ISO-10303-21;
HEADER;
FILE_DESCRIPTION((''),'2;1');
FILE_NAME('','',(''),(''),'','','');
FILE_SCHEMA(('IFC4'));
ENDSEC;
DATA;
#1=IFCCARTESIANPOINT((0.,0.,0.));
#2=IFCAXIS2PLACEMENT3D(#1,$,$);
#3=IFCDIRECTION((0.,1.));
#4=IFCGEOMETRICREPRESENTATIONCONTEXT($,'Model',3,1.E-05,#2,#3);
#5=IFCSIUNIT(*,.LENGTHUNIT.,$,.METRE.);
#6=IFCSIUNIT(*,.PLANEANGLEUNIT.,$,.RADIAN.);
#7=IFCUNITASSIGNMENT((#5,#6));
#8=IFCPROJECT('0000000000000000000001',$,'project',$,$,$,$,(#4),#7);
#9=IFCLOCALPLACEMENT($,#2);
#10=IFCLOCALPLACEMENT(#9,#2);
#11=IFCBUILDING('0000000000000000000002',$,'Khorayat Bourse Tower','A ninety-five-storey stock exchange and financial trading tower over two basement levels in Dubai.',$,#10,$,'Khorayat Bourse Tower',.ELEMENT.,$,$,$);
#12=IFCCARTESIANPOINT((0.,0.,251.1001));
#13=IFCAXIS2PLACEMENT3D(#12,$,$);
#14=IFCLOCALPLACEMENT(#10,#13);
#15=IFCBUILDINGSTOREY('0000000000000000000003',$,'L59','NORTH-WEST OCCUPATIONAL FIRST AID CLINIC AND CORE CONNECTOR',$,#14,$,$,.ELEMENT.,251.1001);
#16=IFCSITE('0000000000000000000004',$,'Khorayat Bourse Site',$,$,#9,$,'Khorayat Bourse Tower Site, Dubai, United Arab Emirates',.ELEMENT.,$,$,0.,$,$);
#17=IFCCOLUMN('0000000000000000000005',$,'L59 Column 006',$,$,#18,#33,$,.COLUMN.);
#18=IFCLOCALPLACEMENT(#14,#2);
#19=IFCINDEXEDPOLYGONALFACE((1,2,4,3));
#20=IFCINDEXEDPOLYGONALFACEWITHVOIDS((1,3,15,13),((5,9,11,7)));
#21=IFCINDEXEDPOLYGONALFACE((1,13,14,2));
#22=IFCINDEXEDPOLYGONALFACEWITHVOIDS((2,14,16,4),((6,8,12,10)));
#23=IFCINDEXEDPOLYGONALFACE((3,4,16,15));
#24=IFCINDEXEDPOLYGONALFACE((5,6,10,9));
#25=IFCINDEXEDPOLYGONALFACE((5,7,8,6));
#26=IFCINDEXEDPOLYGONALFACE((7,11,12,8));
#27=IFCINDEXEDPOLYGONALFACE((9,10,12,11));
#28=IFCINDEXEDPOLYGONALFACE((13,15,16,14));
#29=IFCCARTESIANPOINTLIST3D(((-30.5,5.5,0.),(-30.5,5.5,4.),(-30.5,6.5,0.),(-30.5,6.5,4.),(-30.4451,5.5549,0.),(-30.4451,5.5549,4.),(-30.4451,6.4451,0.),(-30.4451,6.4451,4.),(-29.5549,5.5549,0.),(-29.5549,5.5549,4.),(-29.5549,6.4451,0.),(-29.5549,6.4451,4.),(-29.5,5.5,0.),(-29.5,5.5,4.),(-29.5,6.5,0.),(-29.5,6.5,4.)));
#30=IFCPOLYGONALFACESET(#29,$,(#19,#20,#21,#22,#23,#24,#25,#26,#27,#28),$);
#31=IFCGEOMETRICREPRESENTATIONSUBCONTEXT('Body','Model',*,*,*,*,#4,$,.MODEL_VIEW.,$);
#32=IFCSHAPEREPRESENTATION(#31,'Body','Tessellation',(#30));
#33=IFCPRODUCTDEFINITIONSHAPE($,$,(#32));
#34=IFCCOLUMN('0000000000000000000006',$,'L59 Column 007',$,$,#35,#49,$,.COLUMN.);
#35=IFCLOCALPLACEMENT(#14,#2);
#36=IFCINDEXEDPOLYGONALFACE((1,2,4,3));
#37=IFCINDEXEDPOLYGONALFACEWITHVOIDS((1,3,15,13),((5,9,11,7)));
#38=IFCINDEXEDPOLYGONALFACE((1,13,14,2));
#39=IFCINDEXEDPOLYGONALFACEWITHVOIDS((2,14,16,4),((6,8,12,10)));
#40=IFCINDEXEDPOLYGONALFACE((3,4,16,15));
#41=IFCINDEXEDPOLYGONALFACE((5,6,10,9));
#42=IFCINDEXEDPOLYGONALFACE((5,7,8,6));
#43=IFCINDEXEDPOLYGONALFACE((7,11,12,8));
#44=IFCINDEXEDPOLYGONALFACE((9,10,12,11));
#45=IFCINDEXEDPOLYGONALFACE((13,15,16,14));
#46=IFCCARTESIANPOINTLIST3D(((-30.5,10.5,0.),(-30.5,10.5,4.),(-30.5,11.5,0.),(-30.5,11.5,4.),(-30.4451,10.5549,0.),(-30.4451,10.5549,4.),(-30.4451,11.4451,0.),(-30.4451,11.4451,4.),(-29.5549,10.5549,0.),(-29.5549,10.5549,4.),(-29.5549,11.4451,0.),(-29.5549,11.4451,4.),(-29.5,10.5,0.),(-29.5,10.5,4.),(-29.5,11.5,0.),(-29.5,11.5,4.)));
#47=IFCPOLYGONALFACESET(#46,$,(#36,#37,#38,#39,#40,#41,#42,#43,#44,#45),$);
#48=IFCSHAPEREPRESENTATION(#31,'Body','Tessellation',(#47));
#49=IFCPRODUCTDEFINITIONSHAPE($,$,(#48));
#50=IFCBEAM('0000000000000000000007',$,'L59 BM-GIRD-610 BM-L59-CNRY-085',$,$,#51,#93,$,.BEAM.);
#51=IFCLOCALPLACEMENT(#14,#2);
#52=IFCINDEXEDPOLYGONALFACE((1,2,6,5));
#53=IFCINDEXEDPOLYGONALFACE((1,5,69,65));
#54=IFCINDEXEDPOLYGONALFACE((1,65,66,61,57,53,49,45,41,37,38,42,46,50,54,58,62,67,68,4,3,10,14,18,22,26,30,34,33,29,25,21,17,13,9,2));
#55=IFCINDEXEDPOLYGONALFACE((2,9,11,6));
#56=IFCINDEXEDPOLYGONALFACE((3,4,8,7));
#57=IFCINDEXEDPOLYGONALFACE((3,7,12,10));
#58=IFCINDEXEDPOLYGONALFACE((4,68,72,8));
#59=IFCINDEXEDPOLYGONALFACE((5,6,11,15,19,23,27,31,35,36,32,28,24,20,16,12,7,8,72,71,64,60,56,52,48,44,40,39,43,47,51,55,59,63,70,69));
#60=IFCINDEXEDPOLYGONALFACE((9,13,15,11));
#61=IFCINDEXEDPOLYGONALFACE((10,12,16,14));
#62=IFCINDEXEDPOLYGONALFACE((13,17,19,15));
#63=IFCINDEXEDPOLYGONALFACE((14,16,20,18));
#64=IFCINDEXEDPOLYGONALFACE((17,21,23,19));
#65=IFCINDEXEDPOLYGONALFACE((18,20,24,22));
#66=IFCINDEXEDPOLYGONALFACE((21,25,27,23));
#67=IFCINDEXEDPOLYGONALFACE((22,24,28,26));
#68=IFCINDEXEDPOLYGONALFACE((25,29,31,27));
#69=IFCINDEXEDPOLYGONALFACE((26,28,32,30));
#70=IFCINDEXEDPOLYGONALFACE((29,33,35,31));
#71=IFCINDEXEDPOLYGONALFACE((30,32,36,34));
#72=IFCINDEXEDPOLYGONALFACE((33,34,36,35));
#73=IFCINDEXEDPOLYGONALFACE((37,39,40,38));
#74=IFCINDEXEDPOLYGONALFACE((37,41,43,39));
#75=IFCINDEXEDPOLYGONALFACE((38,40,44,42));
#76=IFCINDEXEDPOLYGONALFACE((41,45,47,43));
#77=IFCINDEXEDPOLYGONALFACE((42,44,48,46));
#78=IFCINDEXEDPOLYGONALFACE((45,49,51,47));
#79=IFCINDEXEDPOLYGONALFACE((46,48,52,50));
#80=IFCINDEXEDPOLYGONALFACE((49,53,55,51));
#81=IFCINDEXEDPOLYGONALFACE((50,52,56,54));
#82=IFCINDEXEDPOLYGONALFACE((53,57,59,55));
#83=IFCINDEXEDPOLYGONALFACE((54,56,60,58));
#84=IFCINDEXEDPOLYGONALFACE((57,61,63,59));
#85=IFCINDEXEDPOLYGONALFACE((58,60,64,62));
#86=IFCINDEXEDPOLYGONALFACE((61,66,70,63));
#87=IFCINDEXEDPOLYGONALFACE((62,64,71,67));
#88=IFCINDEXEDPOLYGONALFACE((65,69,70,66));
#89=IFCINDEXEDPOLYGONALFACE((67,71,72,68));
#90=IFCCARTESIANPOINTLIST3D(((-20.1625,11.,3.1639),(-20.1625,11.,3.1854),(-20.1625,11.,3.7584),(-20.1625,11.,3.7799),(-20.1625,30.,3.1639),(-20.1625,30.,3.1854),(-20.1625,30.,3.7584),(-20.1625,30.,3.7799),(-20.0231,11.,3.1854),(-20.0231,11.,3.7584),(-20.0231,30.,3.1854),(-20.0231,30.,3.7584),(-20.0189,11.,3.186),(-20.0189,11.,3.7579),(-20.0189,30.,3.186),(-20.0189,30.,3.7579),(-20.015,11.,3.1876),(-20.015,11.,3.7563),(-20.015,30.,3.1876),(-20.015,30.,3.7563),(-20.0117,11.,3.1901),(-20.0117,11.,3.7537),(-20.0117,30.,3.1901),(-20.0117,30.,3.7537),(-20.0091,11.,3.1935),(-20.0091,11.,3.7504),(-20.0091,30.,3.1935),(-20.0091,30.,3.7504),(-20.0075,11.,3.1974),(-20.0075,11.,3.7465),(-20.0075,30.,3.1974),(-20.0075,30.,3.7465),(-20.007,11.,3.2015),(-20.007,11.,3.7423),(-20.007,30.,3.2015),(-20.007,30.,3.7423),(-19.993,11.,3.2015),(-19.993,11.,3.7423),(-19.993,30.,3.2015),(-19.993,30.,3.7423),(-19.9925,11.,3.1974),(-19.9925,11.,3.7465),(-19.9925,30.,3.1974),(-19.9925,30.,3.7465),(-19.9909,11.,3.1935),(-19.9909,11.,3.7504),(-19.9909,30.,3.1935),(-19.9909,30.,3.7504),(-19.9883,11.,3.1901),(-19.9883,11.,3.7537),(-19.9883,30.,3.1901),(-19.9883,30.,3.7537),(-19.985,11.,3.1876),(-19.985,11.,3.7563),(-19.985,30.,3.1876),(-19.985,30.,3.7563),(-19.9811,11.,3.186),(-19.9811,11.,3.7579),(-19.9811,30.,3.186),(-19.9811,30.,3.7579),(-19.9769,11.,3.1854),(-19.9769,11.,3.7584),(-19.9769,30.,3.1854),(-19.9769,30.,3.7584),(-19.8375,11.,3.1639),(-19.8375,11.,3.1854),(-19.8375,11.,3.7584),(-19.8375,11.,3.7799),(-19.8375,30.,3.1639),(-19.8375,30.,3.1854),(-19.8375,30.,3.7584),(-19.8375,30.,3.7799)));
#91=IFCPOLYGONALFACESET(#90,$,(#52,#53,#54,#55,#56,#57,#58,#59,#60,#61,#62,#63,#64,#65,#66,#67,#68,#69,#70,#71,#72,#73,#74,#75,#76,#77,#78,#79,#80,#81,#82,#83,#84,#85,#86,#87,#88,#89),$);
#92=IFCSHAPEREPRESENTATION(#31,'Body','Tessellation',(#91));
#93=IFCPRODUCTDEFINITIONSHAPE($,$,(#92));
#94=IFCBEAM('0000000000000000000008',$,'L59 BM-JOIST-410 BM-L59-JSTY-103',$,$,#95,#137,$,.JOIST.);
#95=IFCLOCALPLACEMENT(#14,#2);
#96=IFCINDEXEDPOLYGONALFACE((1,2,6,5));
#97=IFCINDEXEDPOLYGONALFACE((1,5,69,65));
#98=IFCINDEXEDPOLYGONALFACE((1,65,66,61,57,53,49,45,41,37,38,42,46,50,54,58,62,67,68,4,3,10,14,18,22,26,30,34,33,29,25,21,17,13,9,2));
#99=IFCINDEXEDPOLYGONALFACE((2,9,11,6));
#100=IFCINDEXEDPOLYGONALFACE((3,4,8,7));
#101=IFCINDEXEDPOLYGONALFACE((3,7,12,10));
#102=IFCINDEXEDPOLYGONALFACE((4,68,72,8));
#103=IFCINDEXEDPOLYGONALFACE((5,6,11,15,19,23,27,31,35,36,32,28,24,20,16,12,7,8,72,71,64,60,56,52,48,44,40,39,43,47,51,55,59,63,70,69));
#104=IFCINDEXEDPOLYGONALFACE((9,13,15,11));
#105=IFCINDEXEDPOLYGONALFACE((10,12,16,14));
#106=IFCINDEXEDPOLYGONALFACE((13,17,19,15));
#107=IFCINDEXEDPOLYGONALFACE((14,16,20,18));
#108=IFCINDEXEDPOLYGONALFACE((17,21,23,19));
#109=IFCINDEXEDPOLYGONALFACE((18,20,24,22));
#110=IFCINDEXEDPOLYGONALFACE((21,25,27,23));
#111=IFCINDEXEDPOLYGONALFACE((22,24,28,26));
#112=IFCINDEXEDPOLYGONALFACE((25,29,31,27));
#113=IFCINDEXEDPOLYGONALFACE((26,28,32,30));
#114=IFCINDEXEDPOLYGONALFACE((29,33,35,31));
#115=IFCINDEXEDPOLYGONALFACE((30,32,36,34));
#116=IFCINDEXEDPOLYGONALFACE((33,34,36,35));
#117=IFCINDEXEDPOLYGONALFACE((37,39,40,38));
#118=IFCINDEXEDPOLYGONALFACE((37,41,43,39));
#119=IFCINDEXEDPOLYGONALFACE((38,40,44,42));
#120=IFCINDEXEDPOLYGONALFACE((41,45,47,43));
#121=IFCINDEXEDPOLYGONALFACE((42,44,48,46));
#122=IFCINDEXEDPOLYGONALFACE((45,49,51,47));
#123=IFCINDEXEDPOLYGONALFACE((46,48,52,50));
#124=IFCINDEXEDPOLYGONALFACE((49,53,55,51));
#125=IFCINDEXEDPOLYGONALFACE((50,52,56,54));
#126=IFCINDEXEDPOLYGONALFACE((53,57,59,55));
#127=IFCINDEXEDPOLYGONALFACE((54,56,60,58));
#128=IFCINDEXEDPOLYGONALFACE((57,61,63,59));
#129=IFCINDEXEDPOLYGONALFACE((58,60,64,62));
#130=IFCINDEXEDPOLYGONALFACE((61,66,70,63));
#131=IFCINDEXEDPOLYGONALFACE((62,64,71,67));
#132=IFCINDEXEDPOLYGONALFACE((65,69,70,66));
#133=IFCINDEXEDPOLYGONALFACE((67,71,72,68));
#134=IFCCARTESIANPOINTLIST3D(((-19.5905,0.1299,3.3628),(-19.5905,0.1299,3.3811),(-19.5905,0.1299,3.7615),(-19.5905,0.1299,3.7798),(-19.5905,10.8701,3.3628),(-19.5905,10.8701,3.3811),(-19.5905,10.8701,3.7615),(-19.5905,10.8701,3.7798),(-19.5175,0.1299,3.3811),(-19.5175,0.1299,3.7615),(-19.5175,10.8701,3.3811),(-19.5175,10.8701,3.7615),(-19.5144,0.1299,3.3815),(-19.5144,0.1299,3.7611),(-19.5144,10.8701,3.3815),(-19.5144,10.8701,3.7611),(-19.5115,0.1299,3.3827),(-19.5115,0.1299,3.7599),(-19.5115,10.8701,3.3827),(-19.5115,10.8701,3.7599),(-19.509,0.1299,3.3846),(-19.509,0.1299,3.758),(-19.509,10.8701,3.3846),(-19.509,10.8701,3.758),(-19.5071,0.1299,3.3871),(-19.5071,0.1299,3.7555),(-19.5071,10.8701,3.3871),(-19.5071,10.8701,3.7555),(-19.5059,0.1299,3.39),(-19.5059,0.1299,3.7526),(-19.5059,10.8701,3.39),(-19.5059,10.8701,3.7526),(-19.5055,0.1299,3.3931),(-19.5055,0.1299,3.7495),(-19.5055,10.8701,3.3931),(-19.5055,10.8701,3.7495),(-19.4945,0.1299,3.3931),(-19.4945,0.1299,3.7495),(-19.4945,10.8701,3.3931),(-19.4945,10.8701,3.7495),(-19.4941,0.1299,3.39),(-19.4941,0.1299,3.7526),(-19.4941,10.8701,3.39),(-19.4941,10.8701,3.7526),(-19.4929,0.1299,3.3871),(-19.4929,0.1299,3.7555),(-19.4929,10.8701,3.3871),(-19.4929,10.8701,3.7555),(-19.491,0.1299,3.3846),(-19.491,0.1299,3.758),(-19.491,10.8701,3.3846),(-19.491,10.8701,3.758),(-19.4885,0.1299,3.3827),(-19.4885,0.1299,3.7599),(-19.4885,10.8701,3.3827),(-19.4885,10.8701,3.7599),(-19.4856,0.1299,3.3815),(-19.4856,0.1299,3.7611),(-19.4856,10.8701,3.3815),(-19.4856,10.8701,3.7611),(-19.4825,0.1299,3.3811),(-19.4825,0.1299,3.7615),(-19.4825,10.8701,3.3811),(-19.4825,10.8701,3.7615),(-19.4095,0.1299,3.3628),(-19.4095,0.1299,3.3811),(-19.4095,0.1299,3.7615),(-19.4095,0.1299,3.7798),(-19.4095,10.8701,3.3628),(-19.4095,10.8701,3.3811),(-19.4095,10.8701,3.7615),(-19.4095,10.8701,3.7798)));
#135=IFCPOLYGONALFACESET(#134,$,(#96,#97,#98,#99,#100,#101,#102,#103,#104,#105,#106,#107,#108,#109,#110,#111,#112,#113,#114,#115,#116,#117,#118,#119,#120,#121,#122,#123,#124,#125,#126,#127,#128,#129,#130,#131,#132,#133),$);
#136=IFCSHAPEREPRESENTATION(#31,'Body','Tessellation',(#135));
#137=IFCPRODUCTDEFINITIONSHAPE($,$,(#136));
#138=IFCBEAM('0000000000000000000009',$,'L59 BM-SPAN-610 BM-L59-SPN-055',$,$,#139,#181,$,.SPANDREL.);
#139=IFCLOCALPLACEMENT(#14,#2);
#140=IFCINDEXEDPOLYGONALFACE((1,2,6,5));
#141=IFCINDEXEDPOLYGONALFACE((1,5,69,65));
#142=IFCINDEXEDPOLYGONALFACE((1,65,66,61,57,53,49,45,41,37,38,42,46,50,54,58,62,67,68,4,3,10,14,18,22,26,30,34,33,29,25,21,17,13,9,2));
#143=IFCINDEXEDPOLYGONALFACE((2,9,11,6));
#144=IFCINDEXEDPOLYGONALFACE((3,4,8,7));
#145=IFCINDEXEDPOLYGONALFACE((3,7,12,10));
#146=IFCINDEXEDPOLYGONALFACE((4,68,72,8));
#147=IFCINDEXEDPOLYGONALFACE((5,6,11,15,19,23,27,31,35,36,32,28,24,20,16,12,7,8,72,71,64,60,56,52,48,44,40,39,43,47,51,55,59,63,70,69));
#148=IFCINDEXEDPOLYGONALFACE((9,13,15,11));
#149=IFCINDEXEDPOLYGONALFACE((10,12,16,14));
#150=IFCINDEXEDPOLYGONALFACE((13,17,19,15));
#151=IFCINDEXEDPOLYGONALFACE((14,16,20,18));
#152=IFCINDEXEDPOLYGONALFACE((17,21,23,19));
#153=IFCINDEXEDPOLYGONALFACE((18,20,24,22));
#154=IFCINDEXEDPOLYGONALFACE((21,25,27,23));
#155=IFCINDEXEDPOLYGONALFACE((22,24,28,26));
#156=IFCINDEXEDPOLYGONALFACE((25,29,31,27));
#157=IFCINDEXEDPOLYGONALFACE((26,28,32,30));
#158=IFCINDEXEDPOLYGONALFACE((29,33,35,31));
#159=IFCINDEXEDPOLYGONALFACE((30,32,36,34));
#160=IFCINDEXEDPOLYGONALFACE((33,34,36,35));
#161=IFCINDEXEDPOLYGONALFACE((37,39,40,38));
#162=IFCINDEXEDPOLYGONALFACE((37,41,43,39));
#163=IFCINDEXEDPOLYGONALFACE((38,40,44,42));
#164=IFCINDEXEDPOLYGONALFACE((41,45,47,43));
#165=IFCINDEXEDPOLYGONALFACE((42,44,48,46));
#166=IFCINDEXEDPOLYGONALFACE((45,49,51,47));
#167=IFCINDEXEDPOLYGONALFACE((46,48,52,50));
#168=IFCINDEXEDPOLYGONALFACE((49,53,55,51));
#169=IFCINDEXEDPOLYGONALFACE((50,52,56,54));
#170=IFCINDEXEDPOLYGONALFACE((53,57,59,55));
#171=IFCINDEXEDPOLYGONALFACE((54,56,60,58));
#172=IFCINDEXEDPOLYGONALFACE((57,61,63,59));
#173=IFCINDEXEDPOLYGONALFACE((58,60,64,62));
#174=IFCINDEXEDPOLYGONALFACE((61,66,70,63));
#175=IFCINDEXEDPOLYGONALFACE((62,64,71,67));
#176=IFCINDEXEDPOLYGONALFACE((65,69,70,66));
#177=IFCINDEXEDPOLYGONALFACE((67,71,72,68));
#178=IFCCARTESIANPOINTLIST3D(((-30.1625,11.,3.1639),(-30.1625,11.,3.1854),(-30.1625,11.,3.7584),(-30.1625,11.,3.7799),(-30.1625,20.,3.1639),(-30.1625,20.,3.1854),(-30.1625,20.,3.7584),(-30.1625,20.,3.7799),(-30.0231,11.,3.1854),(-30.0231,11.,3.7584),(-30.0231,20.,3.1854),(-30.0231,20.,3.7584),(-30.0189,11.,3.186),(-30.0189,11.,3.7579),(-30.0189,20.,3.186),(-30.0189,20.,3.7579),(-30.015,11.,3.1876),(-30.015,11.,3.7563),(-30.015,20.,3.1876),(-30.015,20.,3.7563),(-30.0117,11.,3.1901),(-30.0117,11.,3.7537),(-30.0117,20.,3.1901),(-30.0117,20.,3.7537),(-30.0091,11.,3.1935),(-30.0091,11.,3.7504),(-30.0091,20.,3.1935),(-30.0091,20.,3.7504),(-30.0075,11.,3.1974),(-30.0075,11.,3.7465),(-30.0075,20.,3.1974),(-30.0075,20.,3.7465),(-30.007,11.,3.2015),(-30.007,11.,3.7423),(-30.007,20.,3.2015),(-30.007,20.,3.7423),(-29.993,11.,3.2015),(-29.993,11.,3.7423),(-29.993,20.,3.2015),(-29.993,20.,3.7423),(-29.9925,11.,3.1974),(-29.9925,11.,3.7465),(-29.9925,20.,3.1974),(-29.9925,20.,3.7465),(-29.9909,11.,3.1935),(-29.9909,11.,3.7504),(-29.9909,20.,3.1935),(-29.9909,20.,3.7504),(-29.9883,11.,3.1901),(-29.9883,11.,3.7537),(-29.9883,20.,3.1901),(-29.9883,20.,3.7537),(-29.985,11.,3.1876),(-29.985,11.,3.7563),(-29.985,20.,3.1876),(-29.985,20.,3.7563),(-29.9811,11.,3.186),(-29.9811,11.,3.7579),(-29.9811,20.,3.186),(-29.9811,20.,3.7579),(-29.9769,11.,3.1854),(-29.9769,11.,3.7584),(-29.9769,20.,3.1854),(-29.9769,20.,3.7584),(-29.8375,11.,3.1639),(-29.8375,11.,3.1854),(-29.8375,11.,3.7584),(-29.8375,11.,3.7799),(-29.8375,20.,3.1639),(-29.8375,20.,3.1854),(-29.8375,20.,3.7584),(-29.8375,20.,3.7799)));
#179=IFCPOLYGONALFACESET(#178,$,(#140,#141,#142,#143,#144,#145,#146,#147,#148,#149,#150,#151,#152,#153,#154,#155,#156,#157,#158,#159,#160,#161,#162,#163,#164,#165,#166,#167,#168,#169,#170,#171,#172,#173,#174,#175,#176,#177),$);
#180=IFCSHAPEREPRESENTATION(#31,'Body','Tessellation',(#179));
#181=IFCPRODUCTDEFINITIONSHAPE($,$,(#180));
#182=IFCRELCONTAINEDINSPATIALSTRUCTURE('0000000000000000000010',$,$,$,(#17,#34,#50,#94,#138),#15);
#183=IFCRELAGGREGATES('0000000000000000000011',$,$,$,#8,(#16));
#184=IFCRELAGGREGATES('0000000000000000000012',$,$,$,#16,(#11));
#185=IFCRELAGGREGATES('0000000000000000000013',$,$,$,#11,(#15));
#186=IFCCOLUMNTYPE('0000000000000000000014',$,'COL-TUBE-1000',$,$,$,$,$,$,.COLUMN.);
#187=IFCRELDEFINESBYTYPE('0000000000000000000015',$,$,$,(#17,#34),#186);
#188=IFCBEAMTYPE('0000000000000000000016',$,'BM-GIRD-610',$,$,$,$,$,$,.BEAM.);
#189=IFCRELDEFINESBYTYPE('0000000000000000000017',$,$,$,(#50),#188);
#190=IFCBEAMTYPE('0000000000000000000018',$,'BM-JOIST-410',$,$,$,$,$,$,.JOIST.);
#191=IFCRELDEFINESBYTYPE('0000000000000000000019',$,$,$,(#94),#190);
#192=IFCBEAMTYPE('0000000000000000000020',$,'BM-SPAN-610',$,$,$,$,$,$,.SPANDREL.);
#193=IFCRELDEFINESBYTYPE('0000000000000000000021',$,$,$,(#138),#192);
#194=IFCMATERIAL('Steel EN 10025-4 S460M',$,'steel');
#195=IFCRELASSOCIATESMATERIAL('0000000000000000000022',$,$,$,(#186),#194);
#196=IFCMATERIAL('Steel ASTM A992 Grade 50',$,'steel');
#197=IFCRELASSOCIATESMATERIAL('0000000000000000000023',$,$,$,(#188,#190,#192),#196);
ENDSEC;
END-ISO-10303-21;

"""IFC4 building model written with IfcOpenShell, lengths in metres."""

from ifc_helpers import new_model, si_unit, direction, frame, origin, origin_2d, place, context, subcontext, project, spatial, hollow_rectangle, i_section, extrude, source, transform, mapped, material, material_profile, profile_set, type_object, element, save


model = new_model("IFC4")

# Units and contexts
model_context = context("Model", 3, precision=1e-05, world=origin(), true_north=direction((0.0, 1.0)))
body_context = subcontext(model_context, "Body", "Model", "MODEL_VIEW")
ifc_project = project(units=[si_unit("LENGTHUNIT", "METRE"), si_unit("PLANEANGLEUNIT", "RADIAN")], contexts=[model_context])

# Site, building, storey
site_placement = place(None, origin())
site = spatial("IfcSite", under=ifc_project, at=site_placement, Name="Khorayat Bourse Site", LongName="Khorayat Bourse Tower Site, Dubai, United Arab Emirates", CompositionType="ELEMENT", RefElevation=0.0)
building_placement = place(site_placement, origin())
building = spatial("IfcBuilding", under=site, at=building_placement, Name="Khorayat Bourse Tower", Description="A ninety-five-storey stock exchange and financial trading tower over two basement levels in Dubai.", LongName="Khorayat Bourse Tower", CompositionType="ELEMENT")
storey_placement = place(building_placement, frame((0.0, 0.0, 251.1001)))
storey = spatial("IfcBuildingStorey", under=building, at=storey_placement, Name="L59", Description="NORTH-WEST OCCUPATIONAL FIRST AID CLINIC AND CORE CONNECTOR", CompositionType="ELEMENT", Elevation=251.1001)

# Columns
ifc_material_1 = material(Name="Steel EN 10025-4 S460M", Category="steel")
ifc_material_profile_1 = material_profile(ifc_material_1, hollow_rectangle(XDim=1.0, YDim=1.0, WallThickness=0.0549, at=origin_2d()), Name="BOX 1000x1000x55")
ifc_profile_set_1 = profile_set([ifc_material_profile_1], Name="Steel EN 10025-4 S460M")
column_type = type_object("IfcColumnType", Name="COL-TUBE-1000", PredefinedType="COLUMN", material=ifc_profile_set_1)
shared_shape_1 = source(origin(), body_context, "Body", "SweptSolid", [
    extrude(hollow_rectangle(XDim=1.0, YDim=1.0, WallThickness=0.0549, at=origin_2d()), origin(), (0.0, 0.0, 1.0), 4.0),
])
for number, where, z_axis, x_axis, name in (
    (1, (-30.0, 6.0, 0.0), (0.0, 0.0, 1.0), (1.0, 0.0, 0.0), "L59 Column 006"),
    (2, (-30.0, 11.0, 0.0), (0.0, 0.0, 1.0), (1.0, 0.0, 0.0), "L59 Column 007"),
):
    element("IfcColumn", number, at=place(storey_placement, frame(where, z_axis=z_axis, x_axis=x_axis)), inside=storey, type_object=column_type, Name=name, PredefinedType="COLUMN", context=body_context, shape_type="MappedRepresentation", body=[
        mapped(shared_shape_1, transform((0.0, 0.0, 0.0), scale=1.0)),
    ])

# Beams
ifc_material_2 = material(Name="Steel ASTM A992 Grade 50", Category="steel")
ifc_material_profile_2 = material_profile(ifc_material_2, i_section(OverallWidth=0.325, OverallDepth=0.616, WebThickness=0.0139, FlangeThickness=0.0215, FilletRadius=0.0161, at=origin_2d()), Name="W610X174")
ifc_profile_set_2 = profile_set([ifc_material_profile_2], Name="Steel ASTM A992 Grade 50")
beam_type_1 = type_object("IfcBeamType", Name="BM-GIRD-610", PredefinedType="BEAM", material=ifc_profile_set_2)
shared_shape_2 = source(origin(), body_context, "Body", "SweptSolid", [
    extrude(i_section(OverallWidth=0.325, OverallDepth=0.616, WebThickness=0.0139, FlangeThickness=0.0215, FilletRadius=0.0161, at=origin_2d()), origin(), (0.0, 0.0, 1.0), 19.0),
])
beam_1_placement = place(storey_placement, frame((-20.0, 11.0, 3.4719), z_axis=(0.0, 1.0, 0.0), x_axis=(-1.0, 0.0, 0.0)))
element("IfcBeam", 3, at=beam_1_placement, inside=storey, type_object=beam_type_1, Name="L59 BM-GIRD-610 BM-L59-CNRY-085", PredefinedType="BEAM", context=body_context, shape_type="MappedRepresentation", body=[
    mapped(shared_shape_2, transform((0.0, 0.0, 0.0), scale=1.0)),
])
ifc_material_profile_3 = material_profile(ifc_material_2, i_section(OverallWidth=0.1809, OverallDepth=0.417, WebThickness=0.011, FlangeThickness=0.0183, FilletRadius=0.012, at=origin_2d()), Name="W410X85")
ifc_profile_set_3 = profile_set([ifc_material_profile_3], Name="Steel ASTM A992 Grade 50")
beam_type_2 = type_object("IfcBeamType", Name="BM-JOIST-410", PredefinedType="JOIST", material=ifc_profile_set_3)
shared_shape_3 = source(origin(), body_context, "Body", "SweptSolid", [
    extrude(i_section(OverallWidth=0.1809, OverallDepth=0.417, WebThickness=0.011, FlangeThickness=0.0183, FilletRadius=0.012, at=origin_2d()), origin(), (0.0, 0.0, 1.0), 10.7402),
])
beam_2_placement = place(storey_placement, frame((-19.5, 0.1299, 3.5713), z_axis=(0.0, 1.0, 0.0), x_axis=(-1.0, 0.0, 0.0)))
element("IfcBeam", 4, at=beam_2_placement, inside=storey, type_object=beam_type_2, Name="L59 BM-JOIST-410 BM-L59-JSTY-103", PredefinedType="JOIST", context=body_context, shape_type="MappedRepresentation", body=[
    mapped(shared_shape_3, transform((0.0, 0.0, 0.0), scale=1.0)),
])
ifc_material_profile_4 = material_profile(ifc_material_2, i_section(OverallWidth=0.325, OverallDepth=0.616, WebThickness=0.0139, FlangeThickness=0.0215, FilletRadius=0.0161, at=origin_2d()), Name="W610X174")
ifc_profile_set_4 = profile_set([ifc_material_profile_4], Name="Steel ASTM A992 Grade 50")
beam_type_3 = type_object("IfcBeamType", Name="BM-SPAN-610", PredefinedType="SPANDREL", material=ifc_profile_set_4)
shared_shape_4 = source(origin(), body_context, "Body", "SweptSolid", [
    extrude(i_section(OverallWidth=0.325, OverallDepth=0.616, WebThickness=0.0139, FlangeThickness=0.0215, FilletRadius=0.0161, at=origin_2d()), origin(), (0.0, 0.0, 1.0), 9.0),
])
beam_3_placement = place(storey_placement, frame((-30.0, 11.0, 3.4719), z_axis=(0.0, 1.0, 0.0), x_axis=(-1.0, 0.0, 0.0)))
element("IfcBeam", 5, at=beam_3_placement, inside=storey, type_object=beam_type_3, Name="L59 BM-SPAN-610 BM-L59-SPN-055", PredefinedType="SPANDREL", context=body_context, shape_type="MappedRepresentation", body=[
    mapped(shared_shape_4, transform((0.0, 0.0, 0.0), scale=1.0)),
])

save(model, "model.ifc")
